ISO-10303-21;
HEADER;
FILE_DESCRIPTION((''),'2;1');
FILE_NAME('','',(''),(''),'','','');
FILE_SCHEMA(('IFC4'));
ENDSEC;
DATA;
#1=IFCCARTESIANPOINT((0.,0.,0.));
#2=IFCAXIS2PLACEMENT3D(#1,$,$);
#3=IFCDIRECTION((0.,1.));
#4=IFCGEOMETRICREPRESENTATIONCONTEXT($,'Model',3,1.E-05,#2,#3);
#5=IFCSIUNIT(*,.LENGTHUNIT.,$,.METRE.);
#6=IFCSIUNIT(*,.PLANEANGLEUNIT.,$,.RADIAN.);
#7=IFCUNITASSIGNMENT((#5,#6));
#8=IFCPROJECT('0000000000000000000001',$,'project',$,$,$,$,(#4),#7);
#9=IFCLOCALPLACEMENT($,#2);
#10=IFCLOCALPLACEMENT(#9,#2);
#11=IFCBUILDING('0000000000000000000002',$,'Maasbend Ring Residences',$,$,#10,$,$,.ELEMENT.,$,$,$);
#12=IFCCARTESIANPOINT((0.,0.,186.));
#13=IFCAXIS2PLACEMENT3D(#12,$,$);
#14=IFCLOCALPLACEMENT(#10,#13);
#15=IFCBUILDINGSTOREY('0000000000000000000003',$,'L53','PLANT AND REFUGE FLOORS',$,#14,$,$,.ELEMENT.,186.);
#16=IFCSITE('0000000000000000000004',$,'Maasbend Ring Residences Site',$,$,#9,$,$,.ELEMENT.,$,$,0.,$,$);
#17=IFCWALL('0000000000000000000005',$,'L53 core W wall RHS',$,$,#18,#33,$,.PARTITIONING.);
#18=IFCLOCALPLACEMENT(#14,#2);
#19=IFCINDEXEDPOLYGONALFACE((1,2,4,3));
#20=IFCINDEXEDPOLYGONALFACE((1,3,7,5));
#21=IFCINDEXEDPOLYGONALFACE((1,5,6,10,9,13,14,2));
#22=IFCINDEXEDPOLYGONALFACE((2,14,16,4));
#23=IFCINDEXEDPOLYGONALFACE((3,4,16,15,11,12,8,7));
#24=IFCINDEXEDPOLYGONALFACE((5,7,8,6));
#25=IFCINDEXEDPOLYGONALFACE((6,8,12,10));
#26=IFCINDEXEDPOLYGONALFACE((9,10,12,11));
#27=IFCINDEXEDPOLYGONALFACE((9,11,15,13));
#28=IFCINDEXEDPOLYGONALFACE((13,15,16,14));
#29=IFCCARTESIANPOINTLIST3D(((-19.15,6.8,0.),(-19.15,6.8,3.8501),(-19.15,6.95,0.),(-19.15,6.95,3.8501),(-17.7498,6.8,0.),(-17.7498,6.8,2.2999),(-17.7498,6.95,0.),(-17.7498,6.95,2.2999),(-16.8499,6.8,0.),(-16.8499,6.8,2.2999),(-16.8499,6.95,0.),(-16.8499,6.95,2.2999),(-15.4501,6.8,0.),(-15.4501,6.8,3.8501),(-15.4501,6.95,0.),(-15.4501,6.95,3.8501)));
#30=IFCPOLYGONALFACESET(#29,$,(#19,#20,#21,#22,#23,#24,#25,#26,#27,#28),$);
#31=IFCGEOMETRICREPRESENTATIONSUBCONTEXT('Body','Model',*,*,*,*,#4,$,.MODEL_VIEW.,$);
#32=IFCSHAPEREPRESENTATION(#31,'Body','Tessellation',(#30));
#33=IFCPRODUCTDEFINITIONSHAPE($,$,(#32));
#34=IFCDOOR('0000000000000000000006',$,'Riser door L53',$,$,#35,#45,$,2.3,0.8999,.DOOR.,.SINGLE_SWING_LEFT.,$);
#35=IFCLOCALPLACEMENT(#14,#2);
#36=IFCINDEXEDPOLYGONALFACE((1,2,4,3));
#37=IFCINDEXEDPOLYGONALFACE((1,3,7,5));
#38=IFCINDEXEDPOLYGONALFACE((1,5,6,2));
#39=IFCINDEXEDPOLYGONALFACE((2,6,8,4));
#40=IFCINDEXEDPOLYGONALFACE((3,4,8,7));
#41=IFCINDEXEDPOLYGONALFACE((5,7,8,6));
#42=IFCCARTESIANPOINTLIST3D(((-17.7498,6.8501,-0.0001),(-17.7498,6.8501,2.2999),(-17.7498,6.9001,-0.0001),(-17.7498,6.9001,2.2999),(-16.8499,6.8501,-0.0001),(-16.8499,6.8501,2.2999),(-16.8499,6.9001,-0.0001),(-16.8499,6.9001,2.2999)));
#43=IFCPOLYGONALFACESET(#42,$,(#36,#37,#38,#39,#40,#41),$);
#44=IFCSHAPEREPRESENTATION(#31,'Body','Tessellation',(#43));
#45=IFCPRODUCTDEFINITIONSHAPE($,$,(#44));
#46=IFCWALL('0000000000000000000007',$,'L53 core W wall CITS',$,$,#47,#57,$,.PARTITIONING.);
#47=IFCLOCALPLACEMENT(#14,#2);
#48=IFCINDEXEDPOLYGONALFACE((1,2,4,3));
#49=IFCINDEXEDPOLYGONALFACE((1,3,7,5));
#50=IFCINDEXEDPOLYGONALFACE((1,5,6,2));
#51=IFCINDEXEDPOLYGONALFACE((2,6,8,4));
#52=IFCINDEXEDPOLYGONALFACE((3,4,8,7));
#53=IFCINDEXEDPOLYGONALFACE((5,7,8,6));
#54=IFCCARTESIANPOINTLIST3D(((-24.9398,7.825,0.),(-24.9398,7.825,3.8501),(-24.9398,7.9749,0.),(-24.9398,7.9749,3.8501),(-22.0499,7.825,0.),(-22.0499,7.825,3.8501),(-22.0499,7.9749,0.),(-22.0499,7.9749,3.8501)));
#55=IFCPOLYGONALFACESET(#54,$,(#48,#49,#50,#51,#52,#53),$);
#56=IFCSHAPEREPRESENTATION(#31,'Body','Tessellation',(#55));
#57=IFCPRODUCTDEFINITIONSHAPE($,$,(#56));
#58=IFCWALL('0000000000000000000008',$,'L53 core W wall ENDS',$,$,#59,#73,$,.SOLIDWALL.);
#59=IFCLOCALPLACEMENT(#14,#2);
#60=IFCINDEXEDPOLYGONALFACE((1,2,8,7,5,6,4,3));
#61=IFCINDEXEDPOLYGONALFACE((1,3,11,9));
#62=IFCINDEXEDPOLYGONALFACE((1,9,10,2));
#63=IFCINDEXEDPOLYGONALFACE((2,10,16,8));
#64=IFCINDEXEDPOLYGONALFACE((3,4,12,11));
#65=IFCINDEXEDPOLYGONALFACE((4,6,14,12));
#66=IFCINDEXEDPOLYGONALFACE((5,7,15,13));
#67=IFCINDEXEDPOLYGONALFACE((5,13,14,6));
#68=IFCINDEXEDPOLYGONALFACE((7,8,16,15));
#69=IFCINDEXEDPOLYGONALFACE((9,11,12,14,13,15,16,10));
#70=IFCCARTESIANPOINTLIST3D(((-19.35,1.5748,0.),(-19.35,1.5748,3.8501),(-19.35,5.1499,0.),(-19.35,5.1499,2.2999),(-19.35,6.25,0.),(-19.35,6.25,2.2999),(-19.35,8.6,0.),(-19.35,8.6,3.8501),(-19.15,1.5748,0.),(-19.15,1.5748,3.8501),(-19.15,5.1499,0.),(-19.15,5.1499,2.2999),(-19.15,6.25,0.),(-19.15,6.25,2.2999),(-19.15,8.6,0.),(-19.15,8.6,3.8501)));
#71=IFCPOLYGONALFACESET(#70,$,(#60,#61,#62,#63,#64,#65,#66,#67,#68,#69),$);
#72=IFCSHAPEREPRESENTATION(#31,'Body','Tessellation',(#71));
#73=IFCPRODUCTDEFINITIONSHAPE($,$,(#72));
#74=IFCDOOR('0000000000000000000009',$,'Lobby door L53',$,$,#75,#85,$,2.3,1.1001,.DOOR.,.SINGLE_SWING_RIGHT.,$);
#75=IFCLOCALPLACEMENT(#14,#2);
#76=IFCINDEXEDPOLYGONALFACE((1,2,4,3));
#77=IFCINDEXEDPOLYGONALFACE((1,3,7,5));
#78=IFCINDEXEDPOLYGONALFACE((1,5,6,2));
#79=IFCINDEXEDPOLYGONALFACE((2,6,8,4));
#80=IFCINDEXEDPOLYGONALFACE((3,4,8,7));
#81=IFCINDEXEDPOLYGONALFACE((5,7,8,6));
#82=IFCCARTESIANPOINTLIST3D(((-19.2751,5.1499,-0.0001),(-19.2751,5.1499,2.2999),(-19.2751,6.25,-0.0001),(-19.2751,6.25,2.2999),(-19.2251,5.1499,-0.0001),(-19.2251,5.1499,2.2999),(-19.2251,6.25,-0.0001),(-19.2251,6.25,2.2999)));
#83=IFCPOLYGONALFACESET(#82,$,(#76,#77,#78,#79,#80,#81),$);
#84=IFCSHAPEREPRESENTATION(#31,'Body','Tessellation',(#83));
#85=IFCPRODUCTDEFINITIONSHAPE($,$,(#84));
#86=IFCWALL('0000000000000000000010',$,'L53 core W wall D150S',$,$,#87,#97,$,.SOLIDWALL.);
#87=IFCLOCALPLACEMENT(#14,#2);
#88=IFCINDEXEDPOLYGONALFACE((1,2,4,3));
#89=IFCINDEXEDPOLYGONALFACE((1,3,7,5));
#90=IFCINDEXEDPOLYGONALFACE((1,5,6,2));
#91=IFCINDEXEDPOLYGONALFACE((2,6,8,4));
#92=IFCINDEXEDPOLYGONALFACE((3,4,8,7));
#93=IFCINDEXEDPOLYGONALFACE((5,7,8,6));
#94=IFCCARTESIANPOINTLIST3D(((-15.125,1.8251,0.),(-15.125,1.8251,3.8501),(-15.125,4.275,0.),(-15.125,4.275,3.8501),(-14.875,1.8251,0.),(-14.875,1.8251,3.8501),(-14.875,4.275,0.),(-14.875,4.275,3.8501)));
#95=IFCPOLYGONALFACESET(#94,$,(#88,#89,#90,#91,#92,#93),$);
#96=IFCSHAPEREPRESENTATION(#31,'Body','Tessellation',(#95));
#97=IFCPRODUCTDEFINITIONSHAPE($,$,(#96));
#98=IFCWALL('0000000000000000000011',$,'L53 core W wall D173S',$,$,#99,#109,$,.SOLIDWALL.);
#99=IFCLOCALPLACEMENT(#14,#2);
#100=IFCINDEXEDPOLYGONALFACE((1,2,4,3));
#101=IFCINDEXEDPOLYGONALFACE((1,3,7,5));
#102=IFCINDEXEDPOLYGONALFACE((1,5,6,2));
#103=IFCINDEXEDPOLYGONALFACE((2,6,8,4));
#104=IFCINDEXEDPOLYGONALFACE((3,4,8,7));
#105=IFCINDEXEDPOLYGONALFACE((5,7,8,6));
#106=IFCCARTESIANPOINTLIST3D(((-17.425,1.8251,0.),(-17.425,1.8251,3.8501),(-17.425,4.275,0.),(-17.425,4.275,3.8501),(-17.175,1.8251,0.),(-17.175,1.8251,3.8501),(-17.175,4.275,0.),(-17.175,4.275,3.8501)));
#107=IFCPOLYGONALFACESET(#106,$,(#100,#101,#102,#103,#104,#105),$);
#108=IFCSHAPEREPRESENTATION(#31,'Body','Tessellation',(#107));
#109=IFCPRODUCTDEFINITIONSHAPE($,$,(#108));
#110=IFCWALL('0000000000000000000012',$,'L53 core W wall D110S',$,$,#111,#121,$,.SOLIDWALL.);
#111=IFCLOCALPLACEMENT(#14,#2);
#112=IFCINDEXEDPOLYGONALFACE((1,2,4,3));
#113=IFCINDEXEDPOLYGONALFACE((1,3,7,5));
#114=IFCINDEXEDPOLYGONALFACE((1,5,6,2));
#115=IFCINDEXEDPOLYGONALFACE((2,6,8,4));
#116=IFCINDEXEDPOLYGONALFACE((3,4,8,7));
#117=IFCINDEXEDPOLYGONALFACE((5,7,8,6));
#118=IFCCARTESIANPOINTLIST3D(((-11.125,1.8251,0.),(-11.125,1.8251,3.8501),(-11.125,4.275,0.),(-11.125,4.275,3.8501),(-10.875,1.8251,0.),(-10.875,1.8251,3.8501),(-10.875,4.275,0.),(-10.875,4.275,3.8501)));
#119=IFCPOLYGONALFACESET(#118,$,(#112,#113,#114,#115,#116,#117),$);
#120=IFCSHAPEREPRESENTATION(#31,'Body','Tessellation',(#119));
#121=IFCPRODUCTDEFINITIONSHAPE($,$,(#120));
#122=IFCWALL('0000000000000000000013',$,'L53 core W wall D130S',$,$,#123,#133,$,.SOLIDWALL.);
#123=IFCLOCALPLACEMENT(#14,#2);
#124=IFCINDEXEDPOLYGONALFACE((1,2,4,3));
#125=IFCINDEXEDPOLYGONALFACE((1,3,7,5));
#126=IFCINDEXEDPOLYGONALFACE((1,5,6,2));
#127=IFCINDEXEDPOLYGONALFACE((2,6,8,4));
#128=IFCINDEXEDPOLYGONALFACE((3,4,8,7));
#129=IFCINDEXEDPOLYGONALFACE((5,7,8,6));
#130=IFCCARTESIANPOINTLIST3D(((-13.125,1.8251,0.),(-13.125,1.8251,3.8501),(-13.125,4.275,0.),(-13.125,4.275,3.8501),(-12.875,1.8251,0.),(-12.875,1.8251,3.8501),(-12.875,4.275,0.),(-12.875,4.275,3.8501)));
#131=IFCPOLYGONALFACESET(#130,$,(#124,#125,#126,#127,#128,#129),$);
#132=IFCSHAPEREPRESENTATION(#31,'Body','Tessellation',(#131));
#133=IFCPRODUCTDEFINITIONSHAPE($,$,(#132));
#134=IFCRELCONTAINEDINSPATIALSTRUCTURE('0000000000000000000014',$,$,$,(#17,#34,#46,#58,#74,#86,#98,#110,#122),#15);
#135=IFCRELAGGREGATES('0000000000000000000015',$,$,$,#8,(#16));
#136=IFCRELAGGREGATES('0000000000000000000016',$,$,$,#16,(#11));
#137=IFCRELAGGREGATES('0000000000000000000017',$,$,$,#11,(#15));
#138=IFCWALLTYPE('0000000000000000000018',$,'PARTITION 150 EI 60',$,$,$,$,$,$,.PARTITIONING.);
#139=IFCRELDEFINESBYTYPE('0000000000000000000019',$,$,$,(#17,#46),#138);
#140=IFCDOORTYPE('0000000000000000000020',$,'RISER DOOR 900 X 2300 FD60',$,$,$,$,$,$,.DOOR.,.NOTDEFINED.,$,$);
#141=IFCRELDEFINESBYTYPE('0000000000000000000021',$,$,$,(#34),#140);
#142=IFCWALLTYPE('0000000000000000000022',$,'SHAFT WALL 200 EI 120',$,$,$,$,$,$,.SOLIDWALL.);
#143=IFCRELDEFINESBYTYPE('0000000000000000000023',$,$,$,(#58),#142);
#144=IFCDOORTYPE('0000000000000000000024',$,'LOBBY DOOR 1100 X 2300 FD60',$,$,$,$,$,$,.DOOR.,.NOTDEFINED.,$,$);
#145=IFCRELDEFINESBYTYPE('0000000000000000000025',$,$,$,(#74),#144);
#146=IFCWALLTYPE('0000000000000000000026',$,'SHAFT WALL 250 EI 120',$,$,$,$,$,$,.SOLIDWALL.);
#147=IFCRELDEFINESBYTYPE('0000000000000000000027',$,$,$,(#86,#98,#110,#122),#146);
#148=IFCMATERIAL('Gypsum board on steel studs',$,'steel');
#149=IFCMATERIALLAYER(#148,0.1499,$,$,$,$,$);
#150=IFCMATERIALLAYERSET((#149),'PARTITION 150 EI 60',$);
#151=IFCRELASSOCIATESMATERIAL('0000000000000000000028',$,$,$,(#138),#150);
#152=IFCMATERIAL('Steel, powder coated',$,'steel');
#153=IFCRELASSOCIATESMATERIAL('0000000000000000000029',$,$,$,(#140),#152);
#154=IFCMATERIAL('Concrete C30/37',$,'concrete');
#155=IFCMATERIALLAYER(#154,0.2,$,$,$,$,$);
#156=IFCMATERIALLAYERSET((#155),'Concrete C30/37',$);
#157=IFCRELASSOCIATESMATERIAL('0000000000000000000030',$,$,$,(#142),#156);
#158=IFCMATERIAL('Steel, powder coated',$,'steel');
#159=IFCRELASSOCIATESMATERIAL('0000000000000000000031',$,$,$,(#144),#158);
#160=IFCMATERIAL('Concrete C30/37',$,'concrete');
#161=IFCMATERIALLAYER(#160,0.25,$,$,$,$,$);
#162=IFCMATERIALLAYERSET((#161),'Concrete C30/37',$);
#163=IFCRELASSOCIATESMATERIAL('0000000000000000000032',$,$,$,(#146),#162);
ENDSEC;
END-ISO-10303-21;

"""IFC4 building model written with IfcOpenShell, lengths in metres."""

from ifc_helpers import new_model, si_unit, direction, frame, frame_2d, origin, place, context, subcontext, project, spatial, rectangle, extrude, material, layer, layer_set, type_object, element, fill, save


model = new_model("IFC4")

# Units and contexts
model_context = context("Model", 3, precision=1e-05, world=origin(), true_north=direction((0.0, 1.0)))
body_context = subcontext(model_context, "Body", "Model", "MODEL_VIEW")
ifc_project = project(units=[si_unit("LENGTHUNIT", "METRE"), si_unit("PLANEANGLEUNIT", "RADIAN")], contexts=[model_context])

# Site, building, storey
site_placement = place(None, origin())
site = spatial("IfcSite", under=ifc_project, at=site_placement, Name="Maasbend Ring Residences Site", CompositionType="ELEMENT", RefElevation=0.0)
building_placement = place(site_placement, origin())
building = spatial("IfcBuilding", under=site, at=building_placement, Name="Maasbend Ring Residences", CompositionType="ELEMENT")
storey_placement = place(building_placement, frame((0.0, 0.0, 186.0)))
storey = spatial("IfcBuildingStorey", under=building, at=storey_placement, Name="L53", Description="PLANT AND REFUGE FLOORS", CompositionType="ELEMENT", Elevation=186.0)

# Wall, opening, door
ifc_material_1 = material(Name="Gypsum board on steel studs", Category="steel")
ifc_layer_1 = layer(ifc_material_1, 0.1499)
ifc_layer_set_1 = layer_set([ifc_layer_1], Name="PARTITION 150 EI 60")
wall_type_1 = type_object("IfcWallType", Name="PARTITION 150 EI 60", PredefinedType="PARTITIONING", material=ifc_layer_set_1)
wall_1_placement = place(storey_placement, frame((-15.45, 6.875, 0.0), z_axis=(0.0, 0.0, 1.0), x_axis=(-1.0, 0.0, 0.0)))
wall_1 = element("IfcWall", 1, at=wall_1_placement, inside=storey, type_object=wall_type_1, Name="L53 core W wall RHS", PredefinedType="PARTITIONING", context=body_context, shape_type="SweptSolid", body=[
    extrude(rectangle(XDim=3.7, YDim=0.1499, at=frame_2d((1.8501, 0.0))), origin(), (0.0, 0.0, 1.0), 3.8501),
])
opening_1_placement = place(wall_1_placement, frame((1.3999, 0.0, 0.0)))
opening_1 = element("IfcOpeningElement", 2, at=opening_1_placement, cuts=wall_1, PredefinedType="OPENING", context=body_context, shape_type="SweptSolid", body=[
    extrude(rectangle(XDim=0.8999, YDim=2.3, at=frame_2d((0.45, 1.1499))), frame((0.0, 0.085, 0.0), z_axis=(0.0, -1.0, 0.0), x_axis=(1.0, 0.0, 0.0)), (0.0, 0.0, 1.0), 0.1699),
])
ifc_material_2 = material(Name="Steel, powder coated", Category="steel")
door_type_1 = type_object("IfcDoorType", Name="RISER DOOR 900 X 2300 FD60", OperationType="NOTDEFINED", PredefinedType="DOOR", material=ifc_material_2)
door_1_placement = place(opening_1_placement, origin())
door_1 = element("IfcDoor", 3, at=door_1_placement, inside=storey, type_object=door_type_1, Name="Riser door L53", OperationType="SINGLE_SWING_LEFT", OverallHeight=2.3, OverallWidth=0.8999, PredefinedType="DOOR", context=body_context, shape_type="SweptSolid", body=[
    extrude(rectangle(XDim=0.8999, YDim=2.3, at=frame_2d((0.45, 1.1499))), frame((0.0, 0.0249, 0.0), z_axis=(0.0, -1.0, 0.0), x_axis=(1.0, 0.0, 0.0)), (0.0, 0.0, 1.0), 0.05),
])
fill(opening_1, door_1)

# Wall
wall_2_placement = place(storey_placement, frame((-22.05, 7.8999, 0.0), z_axis=(0.0, 0.0, 1.0), x_axis=(-1.0, 0.0, 0.0)))
element("IfcWall", 4, at=wall_2_placement, inside=storey, type_object=wall_type_1, Name="L53 core W wall CITS", PredefinedType="PARTITIONING", context=body_context, shape_type="SweptSolid", body=[
    extrude(rectangle(XDim=2.8899, YDim=0.1499, at=frame_2d((1.4448, 0.0))), origin(), (0.0, 0.0, 1.0), 3.8501),
])

# Wall, opening, door
ifc_material_3 = material(Name="Concrete C30/37", Category="concrete")
ifc_layer_2 = layer(ifc_material_3, 0.2)
ifc_layer_set_2 = layer_set([ifc_layer_2], Name="Concrete C30/37")
wall_type_2 = type_object("IfcWallType", Name="SHAFT WALL 200 EI 120", PredefinedType="SOLIDWALL", material=ifc_layer_set_2)
wall_3_placement = place(storey_placement, frame((-19.25, 8.6001, 0.0), z_axis=(0.0, 0.0, 1.0), x_axis=(0.0, -1.0, 0.0)))
wall_3 = element("IfcWall", 5, at=wall_3_placement, inside=storey, type_object=wall_type_2, Name="L53 core W wall ENDS", PredefinedType="SOLIDWALL", context=body_context, shape_type="SweptSolid", body=[
    extrude(rectangle(XDim=7.0251, YDim=0.2, at=frame_2d((3.5127, 0.0))), origin(), (0.0, 0.0, 1.0), 3.8501),
])
opening_2_placement = place(wall_3_placement, frame((2.3501, 0.0, 0.0)))
opening_2 = element("IfcOpeningElement", 6, at=opening_2_placement, cuts=wall_3, PredefinedType="OPENING", context=body_context, shape_type="SweptSolid", body=[
    extrude(rectangle(XDim=1.1001, YDim=2.3, at=frame_2d((0.55, 1.1499))), frame((0.0, 0.1099, 0.0), z_axis=(0.0, -1.0, 0.0), x_axis=(1.0, 0.0, 0.0)), (0.0, 0.0, 1.0), 0.22),
])
ifc_material_4 = material(Name="Steel, powder coated", Category="steel")
door_type_2 = type_object("IfcDoorType", Name="LOBBY DOOR 1100 X 2300 FD60", OperationType="NOTDEFINED", PredefinedType="DOOR", material=ifc_material_4)
door_2_placement = place(opening_2_placement, origin())
door_2 = element("IfcDoor", 7, at=door_2_placement, inside=storey, type_object=door_type_2, Name="Lobby door L53", OperationType="SINGLE_SWING_RIGHT", OverallHeight=2.3, OverallWidth=1.1001, PredefinedType="DOOR", context=body_context, shape_type="SweptSolid", body=[
    extrude(rectangle(XDim=1.1001, YDim=2.3, at=frame_2d((0.55, 1.1499))), frame((0.0, 0.0249, 0.0), z_axis=(0.0, -1.0, 0.0), x_axis=(1.0, 0.0, 0.0)), (0.0, 0.0, 1.0), 0.05),
])
fill(opening_2, door_2)

# Walls
ifc_material_5 = material(Name="Concrete C30/37", Category="concrete")
ifc_layer_3 = layer(ifc_material_5, 0.25)
ifc_layer_set_3 = layer_set([ifc_layer_3], Name="Concrete C30/37")
wall_type_3 = type_object("IfcWallType", Name="SHAFT WALL 250 EI 120", PredefinedType="SOLIDWALL", material=ifc_layer_set_3)
for number, where, z_axis, x_axis, name in (
    (8, (-15.0, 1.825, 0.0), (0.0, 0.0, 1.0), (0.0, 1.0, 0.0), "L53 core W wall D150S"),
    (9, (-17.3, 1.825, 0.0), (0.0, 0.0, 1.0), (0.0, 1.0, 0.0), "L53 core W wall D173S"),
    (10, (-11.0, 1.825, 0.0), (0.0, 0.0, 1.0), (0.0, 1.0, 0.0), "L53 core W wall D110S"),
    (11, (-13.0, 1.825, 0.0), (0.0, 0.0, 1.0), (0.0, 1.0, 0.0), "L53 core W wall D130S"),
):
    element("IfcWall", number, at=place(storey_placement, frame(where, z_axis=z_axis, x_axis=x_axis)), inside=storey, type_object=wall_type_3, Name=name, PredefinedType="SOLIDWALL", context=body_context, shape_type="SweptSolid", body=[
        extrude(rectangle(XDim=2.45, YDim=0.25, at=frame_2d((1.2251, 0.0))), origin(), (0.0, 0.0, 1.0), 3.8501),
    ])

save(model, "model.ifc")
